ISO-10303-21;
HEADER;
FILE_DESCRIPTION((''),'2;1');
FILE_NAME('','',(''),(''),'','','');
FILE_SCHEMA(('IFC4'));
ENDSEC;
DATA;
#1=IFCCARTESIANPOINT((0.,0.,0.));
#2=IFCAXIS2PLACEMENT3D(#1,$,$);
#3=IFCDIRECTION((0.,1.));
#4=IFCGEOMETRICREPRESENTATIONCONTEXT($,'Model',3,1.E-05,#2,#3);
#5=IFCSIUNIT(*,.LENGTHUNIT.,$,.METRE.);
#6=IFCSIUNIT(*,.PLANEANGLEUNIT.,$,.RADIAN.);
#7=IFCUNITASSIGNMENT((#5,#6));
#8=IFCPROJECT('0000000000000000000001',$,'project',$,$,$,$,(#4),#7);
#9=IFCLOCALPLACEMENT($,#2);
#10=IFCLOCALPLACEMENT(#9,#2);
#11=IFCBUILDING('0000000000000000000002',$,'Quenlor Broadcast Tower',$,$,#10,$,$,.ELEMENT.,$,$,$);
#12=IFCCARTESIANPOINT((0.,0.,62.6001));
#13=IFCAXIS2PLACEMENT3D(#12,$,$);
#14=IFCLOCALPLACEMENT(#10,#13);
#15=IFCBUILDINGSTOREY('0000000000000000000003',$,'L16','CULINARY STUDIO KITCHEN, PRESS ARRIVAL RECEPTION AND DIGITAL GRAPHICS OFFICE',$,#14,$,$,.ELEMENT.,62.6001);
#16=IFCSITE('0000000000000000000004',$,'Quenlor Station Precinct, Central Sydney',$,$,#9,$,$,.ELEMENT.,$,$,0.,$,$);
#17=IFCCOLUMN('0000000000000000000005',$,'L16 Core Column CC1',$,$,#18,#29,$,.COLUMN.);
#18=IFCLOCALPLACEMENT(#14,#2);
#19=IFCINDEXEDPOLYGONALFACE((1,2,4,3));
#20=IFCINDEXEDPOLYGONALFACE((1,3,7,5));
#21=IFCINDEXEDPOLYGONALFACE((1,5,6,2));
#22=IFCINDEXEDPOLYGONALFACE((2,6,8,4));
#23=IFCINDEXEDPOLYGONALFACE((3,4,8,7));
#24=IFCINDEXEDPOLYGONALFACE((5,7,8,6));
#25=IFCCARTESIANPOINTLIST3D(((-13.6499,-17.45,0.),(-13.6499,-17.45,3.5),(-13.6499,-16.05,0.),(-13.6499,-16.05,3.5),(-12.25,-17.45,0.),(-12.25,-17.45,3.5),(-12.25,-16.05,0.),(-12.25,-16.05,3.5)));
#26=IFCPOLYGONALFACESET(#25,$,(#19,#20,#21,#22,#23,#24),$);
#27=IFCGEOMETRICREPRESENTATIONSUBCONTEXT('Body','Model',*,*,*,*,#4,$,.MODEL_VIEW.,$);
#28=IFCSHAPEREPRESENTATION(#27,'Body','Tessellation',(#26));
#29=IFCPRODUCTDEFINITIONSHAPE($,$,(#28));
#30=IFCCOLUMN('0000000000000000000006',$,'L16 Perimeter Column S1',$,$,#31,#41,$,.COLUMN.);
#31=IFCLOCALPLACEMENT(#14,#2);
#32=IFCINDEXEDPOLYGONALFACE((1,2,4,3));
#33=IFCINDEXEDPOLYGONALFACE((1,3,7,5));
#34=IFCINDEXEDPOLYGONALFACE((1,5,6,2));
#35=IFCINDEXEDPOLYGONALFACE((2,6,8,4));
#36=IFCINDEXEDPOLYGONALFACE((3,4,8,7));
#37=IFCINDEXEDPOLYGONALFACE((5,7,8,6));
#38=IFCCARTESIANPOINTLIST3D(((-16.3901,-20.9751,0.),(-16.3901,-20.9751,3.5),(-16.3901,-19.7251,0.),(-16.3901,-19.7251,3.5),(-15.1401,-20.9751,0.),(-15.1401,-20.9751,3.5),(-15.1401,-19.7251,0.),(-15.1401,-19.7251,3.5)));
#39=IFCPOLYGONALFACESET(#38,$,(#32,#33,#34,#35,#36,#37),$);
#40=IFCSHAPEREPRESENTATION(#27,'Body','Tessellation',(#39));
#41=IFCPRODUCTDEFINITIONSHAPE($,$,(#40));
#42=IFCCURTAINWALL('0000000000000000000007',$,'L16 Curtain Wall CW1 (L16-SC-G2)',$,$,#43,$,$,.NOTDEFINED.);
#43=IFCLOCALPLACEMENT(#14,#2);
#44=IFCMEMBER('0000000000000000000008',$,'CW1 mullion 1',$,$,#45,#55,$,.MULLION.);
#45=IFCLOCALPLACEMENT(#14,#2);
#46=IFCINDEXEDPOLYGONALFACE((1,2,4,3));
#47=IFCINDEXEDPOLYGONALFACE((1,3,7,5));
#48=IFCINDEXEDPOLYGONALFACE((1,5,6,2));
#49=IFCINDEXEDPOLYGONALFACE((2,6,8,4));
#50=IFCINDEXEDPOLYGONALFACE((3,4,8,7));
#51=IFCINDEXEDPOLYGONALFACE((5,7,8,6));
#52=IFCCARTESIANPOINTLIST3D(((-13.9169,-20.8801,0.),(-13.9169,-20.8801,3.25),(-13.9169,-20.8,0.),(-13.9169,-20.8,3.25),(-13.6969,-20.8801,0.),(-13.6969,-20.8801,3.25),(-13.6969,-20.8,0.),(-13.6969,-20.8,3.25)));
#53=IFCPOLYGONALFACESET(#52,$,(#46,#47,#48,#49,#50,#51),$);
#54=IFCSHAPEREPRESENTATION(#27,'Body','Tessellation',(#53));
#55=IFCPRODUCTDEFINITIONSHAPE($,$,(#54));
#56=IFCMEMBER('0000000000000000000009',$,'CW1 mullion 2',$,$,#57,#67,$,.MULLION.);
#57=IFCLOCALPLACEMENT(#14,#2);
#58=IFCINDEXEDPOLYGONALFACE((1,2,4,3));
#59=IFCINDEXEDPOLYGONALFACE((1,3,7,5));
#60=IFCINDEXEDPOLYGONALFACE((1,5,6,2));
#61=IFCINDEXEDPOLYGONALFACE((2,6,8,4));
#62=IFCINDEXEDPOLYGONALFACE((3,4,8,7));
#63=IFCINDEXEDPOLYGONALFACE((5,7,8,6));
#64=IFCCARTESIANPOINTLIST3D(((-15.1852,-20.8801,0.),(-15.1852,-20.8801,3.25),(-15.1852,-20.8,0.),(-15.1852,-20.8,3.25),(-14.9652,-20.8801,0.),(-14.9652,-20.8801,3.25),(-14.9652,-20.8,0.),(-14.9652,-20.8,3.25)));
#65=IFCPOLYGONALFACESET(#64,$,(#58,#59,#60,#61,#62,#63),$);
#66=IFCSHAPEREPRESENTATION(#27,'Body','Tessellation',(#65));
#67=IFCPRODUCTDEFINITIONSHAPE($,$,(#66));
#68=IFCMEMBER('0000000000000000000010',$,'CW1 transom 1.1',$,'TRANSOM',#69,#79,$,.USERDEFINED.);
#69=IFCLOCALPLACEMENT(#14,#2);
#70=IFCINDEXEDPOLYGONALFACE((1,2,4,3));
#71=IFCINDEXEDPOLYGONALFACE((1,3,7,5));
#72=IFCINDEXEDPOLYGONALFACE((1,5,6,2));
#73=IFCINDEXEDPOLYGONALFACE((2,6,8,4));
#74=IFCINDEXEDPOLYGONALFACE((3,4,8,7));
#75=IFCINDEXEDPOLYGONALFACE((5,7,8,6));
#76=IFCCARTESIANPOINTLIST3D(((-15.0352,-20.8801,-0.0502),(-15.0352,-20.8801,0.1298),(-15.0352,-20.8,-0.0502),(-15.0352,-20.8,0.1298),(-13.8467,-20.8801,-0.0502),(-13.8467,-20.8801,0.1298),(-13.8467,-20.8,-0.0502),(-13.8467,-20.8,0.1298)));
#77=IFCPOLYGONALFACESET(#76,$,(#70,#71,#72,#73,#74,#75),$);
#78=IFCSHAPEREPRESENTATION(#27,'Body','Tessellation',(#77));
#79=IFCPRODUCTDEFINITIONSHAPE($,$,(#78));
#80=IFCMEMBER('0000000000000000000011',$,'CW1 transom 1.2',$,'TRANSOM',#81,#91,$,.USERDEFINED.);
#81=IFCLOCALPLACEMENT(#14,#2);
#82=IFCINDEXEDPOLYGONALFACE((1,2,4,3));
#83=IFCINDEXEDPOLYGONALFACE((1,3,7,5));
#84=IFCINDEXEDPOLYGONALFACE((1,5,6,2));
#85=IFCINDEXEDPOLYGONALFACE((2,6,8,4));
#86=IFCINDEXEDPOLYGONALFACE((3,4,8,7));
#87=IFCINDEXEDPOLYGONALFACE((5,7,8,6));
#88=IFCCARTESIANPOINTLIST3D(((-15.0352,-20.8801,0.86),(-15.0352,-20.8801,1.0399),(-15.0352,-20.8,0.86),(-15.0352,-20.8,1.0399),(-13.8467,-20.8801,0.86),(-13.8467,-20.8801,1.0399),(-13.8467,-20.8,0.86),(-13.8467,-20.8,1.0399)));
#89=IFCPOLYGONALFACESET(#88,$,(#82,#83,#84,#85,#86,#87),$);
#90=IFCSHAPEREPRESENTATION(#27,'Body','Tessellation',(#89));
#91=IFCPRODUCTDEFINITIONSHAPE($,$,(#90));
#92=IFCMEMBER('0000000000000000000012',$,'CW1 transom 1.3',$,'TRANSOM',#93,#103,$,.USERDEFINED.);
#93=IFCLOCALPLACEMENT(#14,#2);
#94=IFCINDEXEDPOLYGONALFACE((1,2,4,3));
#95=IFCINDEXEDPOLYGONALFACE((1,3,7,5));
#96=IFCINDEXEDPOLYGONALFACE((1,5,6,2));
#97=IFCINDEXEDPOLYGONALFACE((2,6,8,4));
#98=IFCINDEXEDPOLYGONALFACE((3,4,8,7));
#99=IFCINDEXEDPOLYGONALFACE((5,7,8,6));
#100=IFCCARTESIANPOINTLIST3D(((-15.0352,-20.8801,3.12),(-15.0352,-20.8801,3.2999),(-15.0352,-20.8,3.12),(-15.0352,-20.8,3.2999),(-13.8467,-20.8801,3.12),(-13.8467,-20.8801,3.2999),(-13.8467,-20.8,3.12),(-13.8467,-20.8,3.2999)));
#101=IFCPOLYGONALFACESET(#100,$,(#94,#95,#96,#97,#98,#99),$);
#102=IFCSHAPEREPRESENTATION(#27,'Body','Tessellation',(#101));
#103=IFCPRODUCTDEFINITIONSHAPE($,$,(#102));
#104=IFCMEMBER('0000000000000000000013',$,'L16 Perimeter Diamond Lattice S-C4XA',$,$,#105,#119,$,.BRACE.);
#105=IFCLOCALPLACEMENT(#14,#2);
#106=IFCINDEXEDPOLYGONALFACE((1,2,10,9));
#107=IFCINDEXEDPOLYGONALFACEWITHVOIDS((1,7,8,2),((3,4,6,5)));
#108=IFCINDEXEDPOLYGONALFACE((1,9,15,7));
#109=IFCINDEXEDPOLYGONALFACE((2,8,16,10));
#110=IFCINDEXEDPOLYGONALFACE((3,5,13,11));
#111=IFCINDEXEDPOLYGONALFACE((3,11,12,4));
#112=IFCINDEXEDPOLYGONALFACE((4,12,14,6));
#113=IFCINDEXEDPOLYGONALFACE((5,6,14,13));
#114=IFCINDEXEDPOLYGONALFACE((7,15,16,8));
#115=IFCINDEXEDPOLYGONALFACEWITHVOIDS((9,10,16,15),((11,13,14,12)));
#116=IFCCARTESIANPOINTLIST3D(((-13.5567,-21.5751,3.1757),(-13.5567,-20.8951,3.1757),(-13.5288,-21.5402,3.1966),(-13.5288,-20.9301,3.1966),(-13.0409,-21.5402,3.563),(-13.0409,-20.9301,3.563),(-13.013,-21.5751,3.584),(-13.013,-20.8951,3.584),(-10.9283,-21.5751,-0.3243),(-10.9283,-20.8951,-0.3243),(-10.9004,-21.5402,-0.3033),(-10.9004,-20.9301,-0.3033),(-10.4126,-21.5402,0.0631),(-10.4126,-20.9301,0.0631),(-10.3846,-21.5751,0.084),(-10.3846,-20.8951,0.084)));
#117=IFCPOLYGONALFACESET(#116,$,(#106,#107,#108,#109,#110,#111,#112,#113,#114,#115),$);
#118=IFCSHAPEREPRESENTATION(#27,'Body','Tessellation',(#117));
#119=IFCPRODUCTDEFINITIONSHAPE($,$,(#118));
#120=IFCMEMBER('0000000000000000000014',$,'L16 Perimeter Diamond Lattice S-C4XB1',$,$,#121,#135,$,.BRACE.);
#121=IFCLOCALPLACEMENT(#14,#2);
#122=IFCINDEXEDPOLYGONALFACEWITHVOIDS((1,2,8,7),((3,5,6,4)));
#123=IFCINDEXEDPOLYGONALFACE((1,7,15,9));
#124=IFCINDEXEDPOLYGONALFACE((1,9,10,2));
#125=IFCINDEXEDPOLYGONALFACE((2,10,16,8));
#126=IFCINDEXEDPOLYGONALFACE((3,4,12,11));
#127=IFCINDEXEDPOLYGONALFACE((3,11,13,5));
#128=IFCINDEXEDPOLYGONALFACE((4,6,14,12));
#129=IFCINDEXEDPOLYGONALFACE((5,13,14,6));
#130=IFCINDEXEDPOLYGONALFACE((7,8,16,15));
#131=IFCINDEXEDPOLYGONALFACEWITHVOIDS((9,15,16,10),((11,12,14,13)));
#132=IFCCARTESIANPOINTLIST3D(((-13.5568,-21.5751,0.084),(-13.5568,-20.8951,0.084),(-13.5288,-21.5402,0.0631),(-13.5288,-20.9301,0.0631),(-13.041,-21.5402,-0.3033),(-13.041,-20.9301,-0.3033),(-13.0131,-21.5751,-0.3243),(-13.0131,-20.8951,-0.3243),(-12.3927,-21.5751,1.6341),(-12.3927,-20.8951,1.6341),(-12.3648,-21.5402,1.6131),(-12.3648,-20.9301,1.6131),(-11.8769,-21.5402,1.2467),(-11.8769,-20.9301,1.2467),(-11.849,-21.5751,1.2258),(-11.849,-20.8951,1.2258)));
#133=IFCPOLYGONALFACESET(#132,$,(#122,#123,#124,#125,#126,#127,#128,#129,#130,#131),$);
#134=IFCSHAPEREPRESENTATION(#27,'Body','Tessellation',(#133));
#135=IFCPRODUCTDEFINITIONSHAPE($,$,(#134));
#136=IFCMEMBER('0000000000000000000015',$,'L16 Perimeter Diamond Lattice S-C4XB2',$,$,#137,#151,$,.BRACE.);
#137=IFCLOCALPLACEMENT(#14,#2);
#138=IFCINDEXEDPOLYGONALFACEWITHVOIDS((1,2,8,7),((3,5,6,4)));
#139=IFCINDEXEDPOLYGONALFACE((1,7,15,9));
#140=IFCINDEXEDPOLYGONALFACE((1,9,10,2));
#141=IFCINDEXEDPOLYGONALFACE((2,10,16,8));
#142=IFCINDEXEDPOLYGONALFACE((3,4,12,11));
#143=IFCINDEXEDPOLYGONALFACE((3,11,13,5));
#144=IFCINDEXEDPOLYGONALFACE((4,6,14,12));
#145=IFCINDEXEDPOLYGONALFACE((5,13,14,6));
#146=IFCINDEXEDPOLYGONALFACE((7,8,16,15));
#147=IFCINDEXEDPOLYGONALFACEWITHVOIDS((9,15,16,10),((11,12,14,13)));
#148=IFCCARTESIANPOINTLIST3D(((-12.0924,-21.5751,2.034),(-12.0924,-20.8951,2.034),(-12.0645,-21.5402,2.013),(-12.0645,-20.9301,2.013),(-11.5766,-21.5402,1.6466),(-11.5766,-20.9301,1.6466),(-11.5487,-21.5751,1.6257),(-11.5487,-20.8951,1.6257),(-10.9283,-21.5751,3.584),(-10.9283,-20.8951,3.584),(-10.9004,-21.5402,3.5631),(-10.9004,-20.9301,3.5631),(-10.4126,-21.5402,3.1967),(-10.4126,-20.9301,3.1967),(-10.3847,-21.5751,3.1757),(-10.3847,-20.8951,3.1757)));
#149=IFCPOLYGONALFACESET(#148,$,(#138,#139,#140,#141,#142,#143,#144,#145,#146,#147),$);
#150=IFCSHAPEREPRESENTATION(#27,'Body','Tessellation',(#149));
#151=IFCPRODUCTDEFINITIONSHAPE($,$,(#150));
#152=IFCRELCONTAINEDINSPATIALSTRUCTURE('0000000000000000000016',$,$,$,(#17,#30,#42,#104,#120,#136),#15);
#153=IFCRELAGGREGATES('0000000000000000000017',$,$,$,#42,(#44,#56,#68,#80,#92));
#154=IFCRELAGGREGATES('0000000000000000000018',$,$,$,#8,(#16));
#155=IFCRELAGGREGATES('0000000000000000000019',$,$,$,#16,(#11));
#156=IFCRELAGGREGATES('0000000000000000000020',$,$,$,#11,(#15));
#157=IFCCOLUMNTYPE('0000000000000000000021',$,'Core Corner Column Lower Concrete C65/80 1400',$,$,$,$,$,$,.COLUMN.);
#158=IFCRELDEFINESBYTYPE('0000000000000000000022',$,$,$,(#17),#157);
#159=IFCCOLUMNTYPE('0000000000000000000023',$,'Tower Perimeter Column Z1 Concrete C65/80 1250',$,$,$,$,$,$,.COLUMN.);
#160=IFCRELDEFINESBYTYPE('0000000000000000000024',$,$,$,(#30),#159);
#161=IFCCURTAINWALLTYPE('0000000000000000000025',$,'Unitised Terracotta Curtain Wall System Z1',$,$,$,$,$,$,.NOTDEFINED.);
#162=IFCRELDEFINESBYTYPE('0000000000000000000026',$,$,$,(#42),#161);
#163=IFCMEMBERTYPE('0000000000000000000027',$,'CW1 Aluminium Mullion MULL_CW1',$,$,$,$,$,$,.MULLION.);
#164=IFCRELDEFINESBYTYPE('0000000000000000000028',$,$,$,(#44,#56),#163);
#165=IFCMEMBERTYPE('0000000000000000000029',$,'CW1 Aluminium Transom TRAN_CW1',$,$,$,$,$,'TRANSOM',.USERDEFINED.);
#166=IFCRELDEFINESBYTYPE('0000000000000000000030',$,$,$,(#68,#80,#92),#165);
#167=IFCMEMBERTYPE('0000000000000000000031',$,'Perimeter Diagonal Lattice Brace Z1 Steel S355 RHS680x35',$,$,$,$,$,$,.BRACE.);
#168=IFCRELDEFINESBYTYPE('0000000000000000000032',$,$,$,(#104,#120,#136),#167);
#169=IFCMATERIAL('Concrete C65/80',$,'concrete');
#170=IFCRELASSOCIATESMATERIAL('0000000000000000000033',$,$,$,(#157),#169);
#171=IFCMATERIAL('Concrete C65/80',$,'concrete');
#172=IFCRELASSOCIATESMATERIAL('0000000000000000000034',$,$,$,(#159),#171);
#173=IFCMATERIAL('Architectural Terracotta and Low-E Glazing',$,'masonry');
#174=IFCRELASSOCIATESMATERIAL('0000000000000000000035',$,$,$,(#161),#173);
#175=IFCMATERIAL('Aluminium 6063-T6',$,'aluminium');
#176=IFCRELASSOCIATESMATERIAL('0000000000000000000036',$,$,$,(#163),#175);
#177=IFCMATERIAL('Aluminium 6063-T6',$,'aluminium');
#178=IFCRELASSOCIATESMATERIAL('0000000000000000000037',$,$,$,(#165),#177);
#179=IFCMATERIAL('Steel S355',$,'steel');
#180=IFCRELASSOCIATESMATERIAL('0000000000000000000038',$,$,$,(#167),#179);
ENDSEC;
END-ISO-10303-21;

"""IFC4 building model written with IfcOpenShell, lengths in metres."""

from ifc_helpers import new_model, si_unit, direction, frame, origin, origin_2d, place, context, subcontext, project, spatial, rectangle, hollow_rectangle, extrude, material, material_profile, profile_set, type_object, element, aggregate, save


model = new_model("IFC4")

# Units and contexts
model_context = context("Model", 3, precision=1e-05, world=origin(), true_north=direction((0.0, 1.0)))
body_context = subcontext(model_context, "Body", "Model", "MODEL_VIEW")
ifc_project = project(units=[si_unit("LENGTHUNIT", "METRE"), si_unit("PLANEANGLEUNIT", "RADIAN")], contexts=[model_context])

# Site, building, storey
site_placement = place(None, origin())
site = spatial("IfcSite", under=ifc_project, at=site_placement, Name="Quenlor Station Precinct, Central Sydney", CompositionType="ELEMENT", RefElevation=0.0)
building_placement = place(site_placement, origin())
building = spatial("IfcBuilding", under=site, at=building_placement, Name="Quenlor Broadcast Tower", CompositionType="ELEMENT")
storey_placement = place(building_placement, frame((0.0, 0.0, 62.6001)))
storey = spatial("IfcBuildingStorey", under=building, at=storey_placement, Name="L16", Description="CULINARY STUDIO KITCHEN, PRESS ARRIVAL RECEPTION AND DIGITAL GRAPHICS OFFICE", CompositionType="ELEMENT", Elevation=62.6001)

# Columns
ifc_material_1 = material(Name="Concrete C65/80", Category="concrete")
ifc_material_profile_1 = material_profile(ifc_material_1, rectangle(XDim=1.3999, YDim=1.3999, at=origin_2d()))
ifc_profile_set_1 = profile_set([ifc_material_profile_1], Name="Concrete C65/80 RC1400x1400")
column_type_1 = type_object("IfcColumnType", Name="Core Corner Column Lower Concrete C65/80 1400", PredefinedType="COLUMN", material=ifc_profile_set_1)
column_1_placement = place(storey_placement, frame((-12.95, -16.75, 0.0), z_axis=(0.0, 0.0, 1.0), x_axis=(1.0, 0.0, 0.0)))
element("IfcColumn", 1, at=column_1_placement, inside=storey, type_object=column_type_1, Name="L16 Core Column CC1", PredefinedType="COLUMN", context=body_context, shape_type="SweptSolid", body=[
    extrude(rectangle(XDim=1.3999, YDim=1.3999, at=origin_2d()), origin(), (0.0, 0.0, 1.0), 3.5),
])
ifc_material_2 = material(Name="Concrete C65/80", Category="concrete")
ifc_material_profile_2 = material_profile(ifc_material_2, rectangle(XDim=1.25, YDim=1.25, at=origin_2d()))
ifc_profile_set_2 = profile_set([ifc_material_profile_2], Name="Concrete C65/80 RC1250x1250")
column_type_2 = type_object("IfcColumnType", Name="Tower Perimeter Column Z1 Concrete C65/80 1250", PredefinedType="COLUMN", material=ifc_profile_set_2)
column_2_placement = place(storey_placement, frame((-15.7651, -20.3501, 0.0), z_axis=(0.0, 0.0, 1.0), x_axis=(0.0, 1.0, 0.0)))
element("IfcColumn", 2, at=column_2_placement, inside=storey, type_object=column_type_2, Name="L16 Perimeter Column S1", PredefinedType="COLUMN", context=body_context, shape_type="SweptSolid", body=[
    extrude(rectangle(XDim=1.25, YDim=1.25, at=origin_2d()), origin(), (0.0, 0.0, 1.0), 3.5),
])

# Curtain wall, members
ifc_material_3 = material(Name="Architectural Terracotta and Low-E Glazing", Category="masonry")
curtain_wall_type = type_object("IfcCurtainWallType", Name="Unitised Terracotta Curtain Wall System Z1", PredefinedType="NOTDEFINED", material=ifc_material_3)
curtain_wall_placement = place(storey_placement, origin())
curtain_wall = element("IfcCurtainWall", 3, at=curtain_wall_placement, inside=storey, type_object=curtain_wall_type, Name="L16 Curtain Wall CW1 (L16-SC-G2)", PredefinedType="NOTDEFINED")
ifc_material_4 = material(Name="Aluminium 6063-T6", Category="aluminium")
ifc_material_profile_3 = material_profile(ifc_material_4, rectangle(XDim=0.0801, YDim=0.22, at=origin_2d()))
ifc_profile_set_3 = profile_set([ifc_material_profile_3], Name="Aluminium 6063-T6 MULL80x220")
member_type_1 = type_object("IfcMemberType", Name="CW1 Aluminium Mullion MULL_CW1", PredefinedType="MULLION", material=ifc_profile_set_3)
member_1_placement = place(storey_placement, frame((-13.8069, -20.8401, 0.0), z_axis=(0.0, 0.0, 1.0), x_axis=(0.0, -1.0, 0.0)))
member_1 = element("IfcMember", 4, at=member_1_placement, type_object=member_type_1, Name="CW1 mullion 1", PredefinedType="MULLION", context=body_context, shape_type="SweptSolid", body=[
    extrude(rectangle(XDim=0.0801, YDim=0.22, at=origin_2d()), origin(), (0.0, 0.0, 1.0), 3.25),
])
member_2_placement = place(storey_placement, frame((-15.0752, -20.8401, 0.0), z_axis=(0.0, 0.0, 1.0), x_axis=(0.0, -1.0, 0.0)))
member_2 = element("IfcMember", 5, at=member_2_placement, type_object=member_type_1, Name="CW1 mullion 2", PredefinedType="MULLION", context=body_context, shape_type="SweptSolid", body=[
    extrude(rectangle(XDim=0.0801, YDim=0.22, at=origin_2d()), origin(), (0.0, 0.0, 1.0), 3.25),
])
ifc_material_5 = material(Name="Aluminium 6063-T6", Category="aluminium")
ifc_material_profile_4 = material_profile(ifc_material_5, rectangle(XDim=0.0801, YDim=0.1799, at=origin_2d()))
ifc_profile_set_4 = profile_set([ifc_material_profile_4], Name="Aluminium 6063-T6 TRAN80x180")
member_type_2 = type_object("IfcMemberType", Name="CW1 Aluminium Transom TRAN_CW1", ElementType="TRANSOM", PredefinedType="USERDEFINED", material=ifc_profile_set_4)
member_3_placement = place(storey_placement, frame((-13.8467, -20.8401, 0.0398), z_axis=(-1.0, 0.0, 0.0), x_axis=(0.0, -1.0, 0.0)))
member_3 = element("IfcMember", 6, at=member_3_placement, type_object=member_type_2, Name="CW1 transom 1.1", ObjectType="TRANSOM", PredefinedType="USERDEFINED", context=body_context, shape_type="SweptSolid", body=[
    extrude(rectangle(XDim=0.0801, YDim=0.1799, at=origin_2d()), origin(), (0.0, 0.0, 1.0), 1.1885),
])
member_4_placement = place(storey_placement, frame((-13.8467, -20.8401, 0.95), z_axis=(-1.0, 0.0, 0.0), x_axis=(0.0, -1.0, 0.0)))
member_4 = element("IfcMember", 7, at=member_4_placement, type_object=member_type_2, Name="CW1 transom 1.2", ObjectType="TRANSOM", PredefinedType="USERDEFINED", context=body_context, shape_type="SweptSolid", body=[
    extrude(rectangle(XDim=0.0801, YDim=0.1799, at=origin_2d()), origin(), (0.0, 0.0, 1.0), 1.1885),
])
member_5_placement = place(storey_placement, frame((-13.8467, -20.8401, 3.21), z_axis=(-1.0, 0.0, 0.0), x_axis=(0.0, -1.0, 0.0)))
member_5 = element("IfcMember", 8, at=member_5_placement, type_object=member_type_2, Name="CW1 transom 1.3", ObjectType="TRANSOM", PredefinedType="USERDEFINED", context=body_context, shape_type="SweptSolid", body=[
    extrude(rectangle(XDim=0.0801, YDim=0.1799, at=origin_2d()), origin(), (0.0, 0.0, 1.0), 1.1885),
])

# Members
ifc_material_6 = material(Name="Steel S355", Category="steel")
ifc_material_profile_5 = material_profile(ifc_material_6, hollow_rectangle(XDim=0.6799, YDim=0.6799, WallThickness=0.0349, at=origin_2d()))
ifc_profile_set_5 = profile_set([ifc_material_profile_5], Name="Steel S355 RHS680x680x35")
member_type_3 = type_object("IfcMemberType", Name="Perimeter Diagonal Lattice Brace Z1 Steel S355 RHS680x35", PredefinedType="BRACE", material=ifc_profile_set_5)
member_6_placement = place(storey_placement, frame((-10.6565, -21.2351, -0.1201), z_axis=(-0.6005, 0.0, 0.799625), x_axis=(0.0, -1.0, 0.0)))
element("IfcMember", 9, at=member_6_placement, inside=storey, type_object=member_type_3, Name="L16 Perimeter Diamond Lattice S-C4XA", PredefinedType="BRACE", context=body_context, shape_type="SweptSolid", body=[
    extrude(hollow_rectangle(XDim=0.6799, YDim=0.6799, WallThickness=0.0349, at=origin_2d()), origin(), (0.0, 0.0, 1.0), 4.377),
])
for number, where, z_axis, x_axis, name in (
    (10, (-13.2849, -21.2351, -0.1201), (0.600504, 0.0, 0.799622), (0.0, 1.0, 0.0), "L16 Perimeter Diamond Lattice S-C4XB1"),
    (11, (-11.8206, -21.2351, 1.8298), (0.600504, 0.0, 0.799622), (0.0, 1.0, 0.0), "L16 Perimeter Diamond Lattice S-C4XB2"),
):
    element("IfcMember", number, at=place(storey_placement, frame(where, z_axis=z_axis, x_axis=x_axis)), inside=storey, type_object=member_type_3, Name=name, PredefinedType="BRACE", context=body_context, shape_type="SweptSolid", body=[
        extrude(hollow_rectangle(XDim=0.6799, YDim=0.6799, WallThickness=0.0349, at=origin_2d()), origin(), (0.0, 0.0, 1.0), 1.9385),
    ])

aggregate(curtain_wall, [member_1, member_2, member_3, member_4, member_5])

save(model, "model.ifc")
